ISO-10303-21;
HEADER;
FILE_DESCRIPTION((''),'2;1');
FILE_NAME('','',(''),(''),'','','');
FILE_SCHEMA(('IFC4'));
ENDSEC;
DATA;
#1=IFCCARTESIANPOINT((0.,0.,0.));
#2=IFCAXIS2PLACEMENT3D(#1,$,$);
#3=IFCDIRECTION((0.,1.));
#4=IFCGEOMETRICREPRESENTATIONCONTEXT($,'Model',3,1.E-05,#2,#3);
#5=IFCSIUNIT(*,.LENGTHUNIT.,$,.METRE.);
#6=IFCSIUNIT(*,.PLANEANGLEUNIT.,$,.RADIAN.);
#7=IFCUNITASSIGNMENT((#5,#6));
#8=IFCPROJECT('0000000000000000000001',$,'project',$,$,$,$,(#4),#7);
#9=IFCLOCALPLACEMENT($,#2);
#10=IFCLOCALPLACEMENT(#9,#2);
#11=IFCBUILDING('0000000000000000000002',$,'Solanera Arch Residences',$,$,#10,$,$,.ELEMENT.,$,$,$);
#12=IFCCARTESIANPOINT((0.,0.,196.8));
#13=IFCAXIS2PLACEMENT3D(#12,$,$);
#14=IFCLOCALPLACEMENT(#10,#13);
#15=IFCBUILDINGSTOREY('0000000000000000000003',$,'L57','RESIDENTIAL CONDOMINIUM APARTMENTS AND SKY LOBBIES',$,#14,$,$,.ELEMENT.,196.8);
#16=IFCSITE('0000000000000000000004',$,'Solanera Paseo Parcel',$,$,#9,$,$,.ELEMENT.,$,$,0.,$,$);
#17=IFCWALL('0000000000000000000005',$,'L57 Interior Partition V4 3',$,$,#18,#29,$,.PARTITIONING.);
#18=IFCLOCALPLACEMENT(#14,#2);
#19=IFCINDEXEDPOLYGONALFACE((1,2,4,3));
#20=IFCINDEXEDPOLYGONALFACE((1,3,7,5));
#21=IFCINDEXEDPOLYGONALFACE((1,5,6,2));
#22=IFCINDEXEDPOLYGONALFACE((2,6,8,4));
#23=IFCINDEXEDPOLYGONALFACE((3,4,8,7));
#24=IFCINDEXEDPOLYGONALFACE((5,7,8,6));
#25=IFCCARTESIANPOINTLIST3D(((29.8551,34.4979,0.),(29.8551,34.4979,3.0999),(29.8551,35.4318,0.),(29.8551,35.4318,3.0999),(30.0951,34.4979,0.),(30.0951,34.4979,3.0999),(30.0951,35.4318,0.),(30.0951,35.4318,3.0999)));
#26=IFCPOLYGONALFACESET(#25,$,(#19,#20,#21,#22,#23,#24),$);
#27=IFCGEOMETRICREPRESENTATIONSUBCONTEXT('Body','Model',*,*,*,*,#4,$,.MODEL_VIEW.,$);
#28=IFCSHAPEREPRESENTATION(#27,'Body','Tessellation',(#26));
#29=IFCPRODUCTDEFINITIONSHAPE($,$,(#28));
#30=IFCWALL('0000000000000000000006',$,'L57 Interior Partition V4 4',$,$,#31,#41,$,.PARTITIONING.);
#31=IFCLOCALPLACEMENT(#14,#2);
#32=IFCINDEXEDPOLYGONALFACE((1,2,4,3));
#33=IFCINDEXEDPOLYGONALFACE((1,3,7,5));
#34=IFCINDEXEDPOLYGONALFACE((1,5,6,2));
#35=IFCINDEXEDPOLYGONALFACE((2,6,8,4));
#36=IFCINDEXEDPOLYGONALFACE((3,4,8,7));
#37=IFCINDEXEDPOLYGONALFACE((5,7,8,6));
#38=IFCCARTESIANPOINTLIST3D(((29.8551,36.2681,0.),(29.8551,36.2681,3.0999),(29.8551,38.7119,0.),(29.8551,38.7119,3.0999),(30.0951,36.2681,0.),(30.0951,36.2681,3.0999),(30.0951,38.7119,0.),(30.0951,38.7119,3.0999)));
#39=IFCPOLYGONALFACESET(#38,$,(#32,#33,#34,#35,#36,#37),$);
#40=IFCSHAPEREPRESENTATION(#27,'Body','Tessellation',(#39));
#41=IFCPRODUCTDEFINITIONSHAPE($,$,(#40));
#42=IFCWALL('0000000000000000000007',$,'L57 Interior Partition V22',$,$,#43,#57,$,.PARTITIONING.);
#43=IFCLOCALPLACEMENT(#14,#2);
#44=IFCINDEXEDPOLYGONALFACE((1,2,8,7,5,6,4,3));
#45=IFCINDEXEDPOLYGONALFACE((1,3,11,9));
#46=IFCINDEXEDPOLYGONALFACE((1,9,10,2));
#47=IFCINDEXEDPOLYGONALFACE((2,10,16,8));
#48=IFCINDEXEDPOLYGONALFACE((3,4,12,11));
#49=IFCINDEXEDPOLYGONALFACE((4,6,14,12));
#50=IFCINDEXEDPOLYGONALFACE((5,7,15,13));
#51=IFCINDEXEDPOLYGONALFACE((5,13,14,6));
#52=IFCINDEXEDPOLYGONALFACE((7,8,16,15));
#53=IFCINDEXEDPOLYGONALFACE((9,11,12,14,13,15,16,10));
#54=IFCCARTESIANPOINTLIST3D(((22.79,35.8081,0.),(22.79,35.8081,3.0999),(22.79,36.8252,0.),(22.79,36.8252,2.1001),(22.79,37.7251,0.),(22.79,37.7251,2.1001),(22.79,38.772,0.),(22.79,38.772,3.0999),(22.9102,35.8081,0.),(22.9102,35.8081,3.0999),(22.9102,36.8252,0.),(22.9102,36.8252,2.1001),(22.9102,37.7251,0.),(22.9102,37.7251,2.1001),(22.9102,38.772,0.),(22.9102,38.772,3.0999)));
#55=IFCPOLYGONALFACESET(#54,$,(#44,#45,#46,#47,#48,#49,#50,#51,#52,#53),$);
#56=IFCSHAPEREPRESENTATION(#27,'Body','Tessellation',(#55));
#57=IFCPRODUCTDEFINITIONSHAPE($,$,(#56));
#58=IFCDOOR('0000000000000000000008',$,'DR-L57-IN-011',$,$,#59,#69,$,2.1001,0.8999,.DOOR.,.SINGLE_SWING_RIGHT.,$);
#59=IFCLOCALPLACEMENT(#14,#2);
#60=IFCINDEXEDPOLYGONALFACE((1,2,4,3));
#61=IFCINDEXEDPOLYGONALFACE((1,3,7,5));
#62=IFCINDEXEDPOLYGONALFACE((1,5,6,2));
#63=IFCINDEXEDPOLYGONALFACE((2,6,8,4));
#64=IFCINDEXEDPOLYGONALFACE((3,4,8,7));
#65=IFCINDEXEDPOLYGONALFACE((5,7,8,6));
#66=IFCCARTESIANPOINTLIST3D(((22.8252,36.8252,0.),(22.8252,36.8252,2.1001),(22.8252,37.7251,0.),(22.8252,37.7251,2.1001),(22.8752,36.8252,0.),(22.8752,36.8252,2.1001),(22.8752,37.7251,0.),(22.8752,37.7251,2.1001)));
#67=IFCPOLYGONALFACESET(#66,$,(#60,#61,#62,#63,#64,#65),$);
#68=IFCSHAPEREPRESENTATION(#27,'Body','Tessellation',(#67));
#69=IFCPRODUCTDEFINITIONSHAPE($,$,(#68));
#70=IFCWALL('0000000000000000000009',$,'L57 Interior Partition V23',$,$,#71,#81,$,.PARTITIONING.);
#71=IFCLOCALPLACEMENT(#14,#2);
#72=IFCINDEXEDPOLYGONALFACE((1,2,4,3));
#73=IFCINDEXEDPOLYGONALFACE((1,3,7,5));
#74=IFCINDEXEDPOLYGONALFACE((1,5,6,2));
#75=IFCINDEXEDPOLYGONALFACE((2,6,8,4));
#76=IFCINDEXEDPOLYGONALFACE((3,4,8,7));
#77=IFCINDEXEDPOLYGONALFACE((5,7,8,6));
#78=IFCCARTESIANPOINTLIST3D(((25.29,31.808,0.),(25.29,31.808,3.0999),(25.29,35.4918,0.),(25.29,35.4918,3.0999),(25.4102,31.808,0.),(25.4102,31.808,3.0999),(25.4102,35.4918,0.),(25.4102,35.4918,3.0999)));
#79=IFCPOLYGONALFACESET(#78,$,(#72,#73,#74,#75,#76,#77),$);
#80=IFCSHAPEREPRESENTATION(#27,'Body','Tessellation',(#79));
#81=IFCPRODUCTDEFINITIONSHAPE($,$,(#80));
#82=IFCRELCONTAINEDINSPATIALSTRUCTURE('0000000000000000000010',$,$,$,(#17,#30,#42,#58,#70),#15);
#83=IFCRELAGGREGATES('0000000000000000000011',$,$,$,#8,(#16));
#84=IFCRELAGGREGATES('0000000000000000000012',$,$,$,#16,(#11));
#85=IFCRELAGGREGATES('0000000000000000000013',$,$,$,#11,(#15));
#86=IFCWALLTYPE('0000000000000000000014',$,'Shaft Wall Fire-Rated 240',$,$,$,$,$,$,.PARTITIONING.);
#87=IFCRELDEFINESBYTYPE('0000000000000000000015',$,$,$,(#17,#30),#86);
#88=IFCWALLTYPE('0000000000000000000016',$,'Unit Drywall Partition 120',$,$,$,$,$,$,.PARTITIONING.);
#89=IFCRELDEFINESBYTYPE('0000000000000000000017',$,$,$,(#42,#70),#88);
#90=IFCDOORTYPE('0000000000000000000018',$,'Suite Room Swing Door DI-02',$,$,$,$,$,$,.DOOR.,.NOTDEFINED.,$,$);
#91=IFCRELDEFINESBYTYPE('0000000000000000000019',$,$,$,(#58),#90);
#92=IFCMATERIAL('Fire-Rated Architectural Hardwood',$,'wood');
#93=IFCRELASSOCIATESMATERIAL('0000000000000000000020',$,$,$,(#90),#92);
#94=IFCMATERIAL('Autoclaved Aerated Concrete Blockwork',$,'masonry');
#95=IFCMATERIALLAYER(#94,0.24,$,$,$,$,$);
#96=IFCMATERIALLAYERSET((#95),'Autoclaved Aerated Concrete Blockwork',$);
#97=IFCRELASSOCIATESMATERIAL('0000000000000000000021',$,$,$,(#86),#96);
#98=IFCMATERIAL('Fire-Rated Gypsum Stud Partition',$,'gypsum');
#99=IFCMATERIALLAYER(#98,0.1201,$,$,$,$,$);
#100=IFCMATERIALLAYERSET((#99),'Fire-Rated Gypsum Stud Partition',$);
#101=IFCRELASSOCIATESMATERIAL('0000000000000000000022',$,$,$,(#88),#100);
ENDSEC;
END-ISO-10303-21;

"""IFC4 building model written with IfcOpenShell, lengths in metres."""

from ifc_helpers import new_model, si_unit, direction, frame, frame_2d, origin, place, context, subcontext, project, spatial, rectangle, extrude, material, layer, layer_set, type_object, element, fill, save


model = new_model("IFC4")

# Units and contexts
model_context = context("Model", 3, precision=1e-05, world=origin(), true_north=direction((0.0, 1.0)))
body_context = subcontext(model_context, "Body", "Model", "MODEL_VIEW")
ifc_project = project(units=[si_unit("LENGTHUNIT", "METRE"), si_unit("PLANEANGLEUNIT", "RADIAN")], contexts=[model_context])

# Site, building, storey
site_placement = place(None, origin())
site = spatial("IfcSite", under=ifc_project, at=site_placement, Name="Solanera Paseo Parcel", CompositionType="ELEMENT", RefElevation=0.0)
building_placement = place(site_placement, origin())
building = spatial("IfcBuilding", under=site, at=building_placement, Name="Solanera Arch Residences", CompositionType="ELEMENT")
storey_placement = place(building_placement, frame((0.0, 0.0, 196.8)))
storey = spatial("IfcBuildingStorey", under=building, at=storey_placement, Name="L57", Description="RESIDENTIAL CONDOMINIUM APARTMENTS AND SKY LOBBIES", CompositionType="ELEMENT", Elevation=196.8)

# Shared definitions
ifc_material_1 = material(Name="Fire-Rated Architectural Hardwood", Category="wood")
door_type_1 = type_object("IfcDoorType", Name="Suite Room Swing Door DI-02", OperationType="NOTDEFINED", PredefinedType="DOOR", material=ifc_material_1)
ifc_material_2 = material(Name="Autoclaved Aerated Concrete Blockwork", Category="masonry")
ifc_layer_1 = layer(ifc_material_2, 0.24)
ifc_layer_set_1 = layer_set([ifc_layer_1], Name="Autoclaved Aerated Concrete Blockwork")
wall_type_1 = type_object("IfcWallType", Name="Shaft Wall Fire-Rated 240", PredefinedType="PARTITIONING", material=ifc_layer_set_1)

# Walls
wall_1_placement = place(storey_placement, frame((29.9751, 34.498, 0.0), z_axis=(0.0, 0.0, 1.0), x_axis=(0.0, 1.0, 0.0)))
element("IfcWall", 1, at=wall_1_placement, inside=storey, type_object=wall_type_1, Name="L57 Interior Partition V4 3", PredefinedType="PARTITIONING", context=body_context, shape_type="SweptSolid", body=[
    extrude(rectangle(XDim=0.9338, YDim=0.24, at=frame_2d((0.4668, 0.0))), origin(), (0.0, 0.0, 1.0), 3.0999),
])
wall_2_placement = place(storey_placement, frame((29.9751, 36.2681, 0.0), z_axis=(0.0, 0.0, 1.0), x_axis=(0.0, 1.0, 0.0)))
element("IfcWall", 2, at=wall_2_placement, inside=storey, type_object=wall_type_1, Name="L57 Interior Partition V4 4", PredefinedType="PARTITIONING", context=body_context, shape_type="SweptSolid", body=[
    extrude(rectangle(XDim=2.4438, YDim=0.24, at=frame_2d((1.2219, 0.0))), origin(), (0.0, 0.0, 1.0), 3.0999),
])

# Wall, opening, door
ifc_material_3 = material(Name="Fire-Rated Gypsum Stud Partition", Category="gypsum")
ifc_layer_2 = layer(ifc_material_3, 0.1201)
ifc_layer_set_2 = layer_set([ifc_layer_2], Name="Fire-Rated Gypsum Stud Partition")
wall_type_2 = type_object("IfcWallType", Name="Unit Drywall Partition 120", PredefinedType="PARTITIONING", material=ifc_layer_set_2)
wall_3_placement = place(storey_placement, frame((22.8501, 35.8081, 0.0), z_axis=(0.0, 0.0, 1.0), x_axis=(0.0, 1.0, 0.0)))
wall_3 = element("IfcWall", 3, at=wall_3_placement, inside=storey, type_object=wall_type_2, Name="L57 Interior Partition V22", PredefinedType="PARTITIONING", context=body_context, shape_type="SweptSolid", body=[
    extrude(rectangle(XDim=2.9639, YDim=0.1201, at=frame_2d((1.4819, 0.0))), origin(), (0.0, 0.0, 1.0), 3.0999),
])
opening_1_placement = place(wall_3_placement, frame((1.0171, 0.0, 0.0)))
opening_1 = element("IfcOpeningElement", 4, at=opening_1_placement, cuts=wall_3, PredefinedType="OPENING", context=body_context, shape_type="SweptSolid", body=[
    extrude(rectangle(XDim=0.8999, YDim=2.1001, at=frame_2d((0.45, 1.05))), frame((0.0, 0.0701, 0.0), z_axis=(0.0, -1.0, 0.0), x_axis=(1.0, 0.0, 0.0)), (0.0, 0.0, 1.0), 0.1401),
])
door_1_placement = place(opening_1_placement, origin())
door_1 = element("IfcDoor", 5, at=door_1_placement, inside=storey, type_object=door_type_1, Name="DR-L57-IN-011", OperationType="SINGLE_SWING_RIGHT", OverallHeight=2.1001, OverallWidth=0.8999, PredefinedType="DOOR", context=body_context, shape_type="SweptSolid", body=[
    extrude(rectangle(XDim=0.8999, YDim=2.1001, at=frame_2d((0.45, 1.05))), frame((0.0, 0.0249, 0.0), z_axis=(0.0, -1.0, 0.0), x_axis=(1.0, 0.0, 0.0)), (0.0, 0.0, 1.0), 0.05),
])
fill(opening_1, door_1)

# Wall
wall_4_placement = place(storey_placement, frame((25.3501, 31.8081, 0.0), z_axis=(0.0, 0.0, 1.0), x_axis=(0.0, 1.0, 0.0)))
element("IfcWall", 6, at=wall_4_placement, inside=storey, type_object=wall_type_2, Name="L57 Interior Partition V23", PredefinedType="PARTITIONING", context=body_context, shape_type="SweptSolid", body=[
    extrude(rectangle(XDim=3.6838, YDim=0.1201, at=frame_2d((1.8418, 0.0))), origin(), (0.0, 0.0, 1.0), 3.0999),
])

save(model, "model.ifc")
